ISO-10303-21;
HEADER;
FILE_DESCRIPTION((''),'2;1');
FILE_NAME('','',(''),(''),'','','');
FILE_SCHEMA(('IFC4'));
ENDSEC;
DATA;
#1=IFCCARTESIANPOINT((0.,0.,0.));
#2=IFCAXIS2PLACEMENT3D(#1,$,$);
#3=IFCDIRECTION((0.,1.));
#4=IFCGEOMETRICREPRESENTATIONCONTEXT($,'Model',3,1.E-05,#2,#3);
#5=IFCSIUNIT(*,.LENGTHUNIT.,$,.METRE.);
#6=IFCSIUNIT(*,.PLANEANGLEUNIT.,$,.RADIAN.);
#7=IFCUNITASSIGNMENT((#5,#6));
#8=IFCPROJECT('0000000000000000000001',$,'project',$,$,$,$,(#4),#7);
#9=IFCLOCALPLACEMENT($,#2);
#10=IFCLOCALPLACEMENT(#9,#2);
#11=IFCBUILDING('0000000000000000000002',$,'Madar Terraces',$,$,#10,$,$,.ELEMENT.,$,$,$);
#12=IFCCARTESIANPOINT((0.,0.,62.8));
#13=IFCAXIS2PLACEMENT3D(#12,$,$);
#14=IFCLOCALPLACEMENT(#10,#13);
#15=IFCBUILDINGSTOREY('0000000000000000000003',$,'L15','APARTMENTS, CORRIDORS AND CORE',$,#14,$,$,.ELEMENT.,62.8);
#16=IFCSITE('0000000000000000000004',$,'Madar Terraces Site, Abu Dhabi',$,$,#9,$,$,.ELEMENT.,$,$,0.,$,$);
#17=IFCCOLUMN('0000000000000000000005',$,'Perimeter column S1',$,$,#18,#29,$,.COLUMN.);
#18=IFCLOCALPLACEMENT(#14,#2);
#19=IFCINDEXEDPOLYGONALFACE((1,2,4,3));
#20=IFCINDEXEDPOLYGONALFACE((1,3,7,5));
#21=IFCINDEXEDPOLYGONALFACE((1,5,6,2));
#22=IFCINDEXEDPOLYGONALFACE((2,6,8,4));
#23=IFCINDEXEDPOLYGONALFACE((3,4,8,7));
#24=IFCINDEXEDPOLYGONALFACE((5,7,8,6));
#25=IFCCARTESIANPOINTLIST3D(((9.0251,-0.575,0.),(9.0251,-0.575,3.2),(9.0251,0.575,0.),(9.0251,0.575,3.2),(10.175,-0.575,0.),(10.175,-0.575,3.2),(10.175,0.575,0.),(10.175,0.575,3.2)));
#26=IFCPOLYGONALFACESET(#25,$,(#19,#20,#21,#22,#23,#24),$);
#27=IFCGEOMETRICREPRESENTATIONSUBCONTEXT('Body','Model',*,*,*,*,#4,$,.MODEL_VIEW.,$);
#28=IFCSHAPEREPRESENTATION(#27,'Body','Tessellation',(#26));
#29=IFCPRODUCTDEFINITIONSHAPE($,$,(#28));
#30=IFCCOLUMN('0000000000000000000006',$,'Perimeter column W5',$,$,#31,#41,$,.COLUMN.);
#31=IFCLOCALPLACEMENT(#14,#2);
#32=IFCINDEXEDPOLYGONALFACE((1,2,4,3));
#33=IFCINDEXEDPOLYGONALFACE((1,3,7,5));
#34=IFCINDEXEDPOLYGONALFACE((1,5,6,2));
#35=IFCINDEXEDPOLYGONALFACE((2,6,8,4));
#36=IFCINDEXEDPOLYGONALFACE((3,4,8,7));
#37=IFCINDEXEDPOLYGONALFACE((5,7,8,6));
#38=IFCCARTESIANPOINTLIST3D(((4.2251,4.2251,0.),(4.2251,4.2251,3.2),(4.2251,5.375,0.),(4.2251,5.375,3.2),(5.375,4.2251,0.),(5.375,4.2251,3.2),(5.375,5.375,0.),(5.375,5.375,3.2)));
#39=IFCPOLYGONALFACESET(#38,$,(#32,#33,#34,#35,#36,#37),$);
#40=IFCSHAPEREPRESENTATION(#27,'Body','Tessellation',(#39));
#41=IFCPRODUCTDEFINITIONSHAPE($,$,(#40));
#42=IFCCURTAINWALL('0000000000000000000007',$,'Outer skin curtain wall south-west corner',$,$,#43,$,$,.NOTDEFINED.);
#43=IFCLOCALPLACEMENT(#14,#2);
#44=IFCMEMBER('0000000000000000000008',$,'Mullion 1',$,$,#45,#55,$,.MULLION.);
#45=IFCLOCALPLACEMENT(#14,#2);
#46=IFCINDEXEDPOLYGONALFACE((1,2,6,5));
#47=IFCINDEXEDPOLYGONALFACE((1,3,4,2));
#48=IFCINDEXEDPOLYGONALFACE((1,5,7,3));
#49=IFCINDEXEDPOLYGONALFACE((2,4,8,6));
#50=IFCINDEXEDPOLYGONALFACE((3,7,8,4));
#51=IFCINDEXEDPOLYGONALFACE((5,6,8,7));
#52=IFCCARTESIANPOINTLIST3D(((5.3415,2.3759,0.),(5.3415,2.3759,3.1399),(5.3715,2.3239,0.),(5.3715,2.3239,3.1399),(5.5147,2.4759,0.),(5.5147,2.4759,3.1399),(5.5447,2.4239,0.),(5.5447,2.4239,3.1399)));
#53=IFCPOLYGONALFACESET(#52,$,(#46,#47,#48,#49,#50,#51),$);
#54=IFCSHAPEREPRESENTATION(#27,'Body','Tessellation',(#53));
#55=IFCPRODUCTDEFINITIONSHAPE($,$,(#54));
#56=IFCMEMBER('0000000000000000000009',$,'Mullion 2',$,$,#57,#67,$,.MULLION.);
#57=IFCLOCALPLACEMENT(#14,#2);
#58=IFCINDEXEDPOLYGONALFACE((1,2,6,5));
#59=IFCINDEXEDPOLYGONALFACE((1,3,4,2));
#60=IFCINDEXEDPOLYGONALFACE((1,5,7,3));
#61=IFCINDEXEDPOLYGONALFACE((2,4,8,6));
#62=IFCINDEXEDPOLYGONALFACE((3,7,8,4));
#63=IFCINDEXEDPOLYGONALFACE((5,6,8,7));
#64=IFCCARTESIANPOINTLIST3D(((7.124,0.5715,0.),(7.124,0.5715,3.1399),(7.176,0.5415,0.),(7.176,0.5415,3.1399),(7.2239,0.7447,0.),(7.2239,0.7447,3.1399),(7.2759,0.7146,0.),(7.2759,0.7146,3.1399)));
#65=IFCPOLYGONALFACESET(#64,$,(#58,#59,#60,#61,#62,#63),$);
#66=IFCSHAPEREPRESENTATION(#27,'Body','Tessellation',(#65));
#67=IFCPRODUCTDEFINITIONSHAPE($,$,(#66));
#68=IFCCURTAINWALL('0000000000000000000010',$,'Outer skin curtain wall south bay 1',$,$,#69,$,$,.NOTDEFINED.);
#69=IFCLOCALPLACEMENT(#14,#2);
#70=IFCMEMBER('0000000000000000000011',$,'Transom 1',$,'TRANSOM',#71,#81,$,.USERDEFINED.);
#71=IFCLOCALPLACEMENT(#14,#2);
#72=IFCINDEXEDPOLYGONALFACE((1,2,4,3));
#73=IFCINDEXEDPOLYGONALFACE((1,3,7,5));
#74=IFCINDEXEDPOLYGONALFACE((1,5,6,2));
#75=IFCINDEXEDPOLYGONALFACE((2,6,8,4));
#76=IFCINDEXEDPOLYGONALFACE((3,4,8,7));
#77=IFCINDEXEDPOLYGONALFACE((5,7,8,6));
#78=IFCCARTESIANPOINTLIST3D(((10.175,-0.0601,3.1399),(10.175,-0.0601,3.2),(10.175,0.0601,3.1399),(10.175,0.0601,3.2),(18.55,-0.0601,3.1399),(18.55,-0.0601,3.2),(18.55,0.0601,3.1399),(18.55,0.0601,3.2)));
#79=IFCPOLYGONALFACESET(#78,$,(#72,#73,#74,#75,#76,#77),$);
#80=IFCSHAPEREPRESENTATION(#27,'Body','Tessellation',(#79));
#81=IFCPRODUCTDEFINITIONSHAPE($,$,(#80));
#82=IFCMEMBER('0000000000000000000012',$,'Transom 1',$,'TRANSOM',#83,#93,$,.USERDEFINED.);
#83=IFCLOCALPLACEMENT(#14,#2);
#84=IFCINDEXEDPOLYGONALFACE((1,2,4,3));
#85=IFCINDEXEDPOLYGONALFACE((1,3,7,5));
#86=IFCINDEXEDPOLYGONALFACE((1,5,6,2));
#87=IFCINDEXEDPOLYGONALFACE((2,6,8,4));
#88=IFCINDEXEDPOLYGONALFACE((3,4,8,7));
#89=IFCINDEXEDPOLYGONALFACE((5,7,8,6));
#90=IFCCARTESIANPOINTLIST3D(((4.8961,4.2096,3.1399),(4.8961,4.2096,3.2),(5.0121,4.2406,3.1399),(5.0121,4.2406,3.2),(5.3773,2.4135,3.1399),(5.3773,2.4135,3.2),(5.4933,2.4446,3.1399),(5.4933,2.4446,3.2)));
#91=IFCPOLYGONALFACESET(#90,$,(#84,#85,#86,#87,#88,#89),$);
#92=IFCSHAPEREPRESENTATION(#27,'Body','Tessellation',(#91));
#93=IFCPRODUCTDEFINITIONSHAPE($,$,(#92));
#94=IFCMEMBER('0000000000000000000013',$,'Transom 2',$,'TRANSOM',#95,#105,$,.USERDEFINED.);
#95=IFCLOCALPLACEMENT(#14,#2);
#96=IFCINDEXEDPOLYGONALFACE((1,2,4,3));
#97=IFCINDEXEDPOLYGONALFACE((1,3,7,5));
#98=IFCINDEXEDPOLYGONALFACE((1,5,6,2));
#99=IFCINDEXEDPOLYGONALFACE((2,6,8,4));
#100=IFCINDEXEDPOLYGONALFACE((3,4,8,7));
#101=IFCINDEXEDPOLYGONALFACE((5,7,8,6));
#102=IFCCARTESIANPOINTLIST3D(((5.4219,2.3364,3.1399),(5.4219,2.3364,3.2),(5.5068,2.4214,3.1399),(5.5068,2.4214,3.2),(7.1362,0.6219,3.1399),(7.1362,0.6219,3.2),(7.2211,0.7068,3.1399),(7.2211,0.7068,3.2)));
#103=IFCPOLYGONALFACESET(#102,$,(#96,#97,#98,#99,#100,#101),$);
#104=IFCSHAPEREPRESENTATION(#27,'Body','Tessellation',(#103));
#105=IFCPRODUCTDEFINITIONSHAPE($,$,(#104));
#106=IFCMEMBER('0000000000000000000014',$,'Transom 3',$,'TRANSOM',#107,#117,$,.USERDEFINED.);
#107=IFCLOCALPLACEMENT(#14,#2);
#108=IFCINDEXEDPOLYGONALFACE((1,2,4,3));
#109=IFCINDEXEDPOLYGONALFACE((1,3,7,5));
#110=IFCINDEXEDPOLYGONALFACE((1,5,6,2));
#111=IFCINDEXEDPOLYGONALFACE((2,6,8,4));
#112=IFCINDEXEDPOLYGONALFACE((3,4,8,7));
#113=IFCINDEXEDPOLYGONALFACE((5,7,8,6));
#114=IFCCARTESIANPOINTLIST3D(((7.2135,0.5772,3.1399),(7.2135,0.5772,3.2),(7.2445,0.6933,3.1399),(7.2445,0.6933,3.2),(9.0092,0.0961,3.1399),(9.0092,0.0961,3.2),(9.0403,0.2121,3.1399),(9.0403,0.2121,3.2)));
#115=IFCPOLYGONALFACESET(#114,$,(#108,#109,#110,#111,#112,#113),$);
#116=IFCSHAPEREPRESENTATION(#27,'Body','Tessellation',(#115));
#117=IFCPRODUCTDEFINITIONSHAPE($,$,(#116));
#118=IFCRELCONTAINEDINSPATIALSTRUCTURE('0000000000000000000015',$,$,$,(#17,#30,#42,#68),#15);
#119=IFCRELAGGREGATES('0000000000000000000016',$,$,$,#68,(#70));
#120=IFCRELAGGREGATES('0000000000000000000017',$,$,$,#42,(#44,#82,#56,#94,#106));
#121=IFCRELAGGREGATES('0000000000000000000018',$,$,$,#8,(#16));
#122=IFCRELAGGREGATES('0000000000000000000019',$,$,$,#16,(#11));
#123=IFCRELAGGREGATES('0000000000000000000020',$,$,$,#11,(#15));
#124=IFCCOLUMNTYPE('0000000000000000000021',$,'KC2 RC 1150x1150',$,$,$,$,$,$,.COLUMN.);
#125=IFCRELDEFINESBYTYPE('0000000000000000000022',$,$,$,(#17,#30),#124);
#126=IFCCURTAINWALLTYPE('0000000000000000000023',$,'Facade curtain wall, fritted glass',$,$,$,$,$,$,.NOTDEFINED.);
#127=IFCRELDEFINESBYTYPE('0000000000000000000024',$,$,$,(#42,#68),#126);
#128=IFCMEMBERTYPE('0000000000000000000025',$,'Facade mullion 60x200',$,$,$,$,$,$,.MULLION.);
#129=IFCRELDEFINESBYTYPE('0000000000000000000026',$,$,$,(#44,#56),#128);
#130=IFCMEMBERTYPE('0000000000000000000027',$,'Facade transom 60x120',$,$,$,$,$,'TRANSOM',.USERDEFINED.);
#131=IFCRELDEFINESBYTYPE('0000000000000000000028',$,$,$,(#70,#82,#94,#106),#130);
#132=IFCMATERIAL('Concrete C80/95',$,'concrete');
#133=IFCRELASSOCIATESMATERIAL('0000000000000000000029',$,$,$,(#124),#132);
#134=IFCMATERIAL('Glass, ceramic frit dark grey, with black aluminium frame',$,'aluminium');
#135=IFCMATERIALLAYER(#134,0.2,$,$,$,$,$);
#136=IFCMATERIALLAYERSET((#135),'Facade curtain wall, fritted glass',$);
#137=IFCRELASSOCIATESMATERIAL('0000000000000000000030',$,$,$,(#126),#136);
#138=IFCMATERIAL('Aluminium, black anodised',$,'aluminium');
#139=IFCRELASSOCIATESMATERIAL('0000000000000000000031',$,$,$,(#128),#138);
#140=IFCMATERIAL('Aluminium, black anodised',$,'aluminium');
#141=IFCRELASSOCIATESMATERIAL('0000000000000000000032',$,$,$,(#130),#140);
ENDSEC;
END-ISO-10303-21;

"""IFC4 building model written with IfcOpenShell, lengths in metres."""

from ifc_helpers import new_model, si_unit, direction, frame, origin, origin_2d, place, context, subcontext, project, spatial, rectangle, extrude, material, layer, layer_set, material_profile, profile_set, type_object, element, aggregate, save


model = new_model("IFC4")

# Units and contexts
model_context = context("Model", 3, precision=1e-05, world=origin(), true_north=direction((0.0, 1.0)))
body_context = subcontext(model_context, "Body", "Model", "MODEL_VIEW")
ifc_project = project(units=[si_unit("LENGTHUNIT", "METRE"), si_unit("PLANEANGLEUNIT", "RADIAN")], contexts=[model_context])

# Site, building, storey
site_placement = place(None, origin())
site = spatial("IfcSite", under=ifc_project, at=site_placement, Name="Madar Terraces Site, Abu Dhabi", CompositionType="ELEMENT", RefElevation=0.0)
building_placement = place(site_placement, origin())
building = spatial("IfcBuilding", under=site, at=building_placement, Name="Madar Terraces", CompositionType="ELEMENT")
storey_placement = place(building_placement, frame((0.0, 0.0, 62.8)))
storey = spatial("IfcBuildingStorey", under=building, at=storey_placement, Name="L15", Description="APARTMENTS, CORRIDORS AND CORE", CompositionType="ELEMENT", Elevation=62.8)

# Columns
ifc_material_1 = material(Name="Concrete C80/95", Category="concrete")
ifc_material_profile_1 = material_profile(ifc_material_1, rectangle(XDim=1.1499, YDim=1.1499, at=origin_2d()), Name="KC2 RC 1150x1150")
ifc_profile_set_1 = profile_set([ifc_material_profile_1], Name="Concrete C80/95")
column_type = type_object("IfcColumnType", Name="KC2 RC 1150x1150", PredefinedType="COLUMN", material=ifc_profile_set_1)
for number, where, z_axis, x_axis, name in (
    (1, (9.6001, 0.0, 0.0), (0.0, 0.0, 1.0), (1.0, 0.0, 0.0), "Perimeter column S1"),
    (2, (4.8, 4.8, 0.0), (0.0, 0.0, 1.0), (1.0, 0.0, 0.0), "Perimeter column W5"),
):
    element("IfcColumn", number, at=place(storey_placement, frame(where, z_axis=z_axis, x_axis=x_axis)), inside=storey, type_object=column_type, Name=name, PredefinedType="COLUMN", context=body_context, shape_type="SweptSolid", body=[
        extrude(rectangle(XDim=1.1499, YDim=1.1499, at=origin_2d()), origin(), (0.0, 0.0, 1.0), 3.2),
    ])

# Curtain wall, members
ifc_material_2 = material(Name="Glass, ceramic frit dark grey, with black aluminium frame", Category="aluminium")
ifc_layer_1 = layer(ifc_material_2, 0.2)
ifc_layer_set_1 = layer_set([ifc_layer_1], Name="Facade curtain wall, fritted glass")
curtain_wall_type = type_object("IfcCurtainWallType", Name="Facade curtain wall, fritted glass", PredefinedType="NOTDEFINED", material=ifc_layer_set_1)
curtain_wall_1_placement = place(storey_placement, origin())
curtain_wall_1 = element("IfcCurtainWall", 3, at=curtain_wall_1_placement, inside=storey, type_object=curtain_wall_type, Name="Outer skin curtain wall south-west corner", PredefinedType="NOTDEFINED")
ifc_material_3 = material(Name="Aluminium, black anodised", Category="aluminium")
ifc_material_profile_2 = material_profile(ifc_material_3, rectangle(XDim=0.2, YDim=0.0601, at=origin_2d()), Name="Facade mullion 60x200")
ifc_profile_set_2 = profile_set([ifc_material_profile_2], Name="Aluminium, black anodised")
member_type_1 = type_object("IfcMemberType", Name="Facade mullion 60x200", PredefinedType="MULLION", material=ifc_profile_set_2)
member_1_placement = place(storey_placement, frame((5.4431, 2.3999, 0.0), z_axis=(0.0, 0.0, 1.0), x_axis=(0.866025, 0.5, 0.0)))
member_1 = element("IfcMember", 4, at=member_1_placement, type_object=member_type_1, Name="Mullion 1", PredefinedType="MULLION", context=body_context, shape_type="SweptSolid", body=[
    extrude(rectangle(XDim=0.2, YDim=0.0601, at=origin_2d()), origin(), (0.0, 0.0, 1.0), 3.1399),
])
member_2_placement = place(storey_placement, frame((7.2, 0.6431, 0.0), z_axis=(0.0, 0.0, 1.0), x_axis=(0.5, 0.866025, 0.0)))
member_2 = element("IfcMember", 5, at=member_2_placement, type_object=member_type_1, Name="Mullion 2", PredefinedType="MULLION", context=body_context, shape_type="SweptSolid", body=[
    extrude(rectangle(XDim=0.2, YDim=0.0601, at=origin_2d()), origin(), (0.0, 0.0, 1.0), 3.1399),
])

# Curtain wall, member
curtain_wall_2_placement = place(storey_placement, origin())
curtain_wall_2 = element("IfcCurtainWall", 6, at=curtain_wall_2_placement, inside=storey, type_object=curtain_wall_type, Name="Outer skin curtain wall south bay 1", PredefinedType="NOTDEFINED")
ifc_material_4 = material(Name="Aluminium, black anodised", Category="aluminium")
ifc_material_profile_3 = material_profile(ifc_material_4, rectangle(XDim=0.1201, YDim=0.0601, at=origin_2d()), Name="Facade transom 60x120")
ifc_profile_set_3 = profile_set([ifc_material_profile_3], Name="Aluminium, black anodised")
member_type_2 = type_object("IfcMemberType", Name="Facade transom 60x120", ElementType="TRANSOM", PredefinedType="USERDEFINED", material=ifc_profile_set_3)
member_3_placement = place(storey_placement, frame((10.175, 0.0, 3.1699), z_axis=(1.0, 0.0, 0.0), x_axis=(0.0, 1.0, 0.0)))
member_3 = element("IfcMember", 7, at=member_3_placement, type_object=member_type_2, Name="Transom 1", ObjectType="TRANSOM", PredefinedType="USERDEFINED", context=body_context, shape_type="SweptSolid", body=[
    extrude(rectangle(XDim=0.1201, YDim=0.0601, at=origin_2d()), origin(), (0.0, 0.0, 1.0), 8.375),
])
aggregate(curtain_wall_2, [member_3])

# Members
member_4_placement = place(storey_placement, frame((4.9541, 4.2251, 3.1699), z_axis=(0.258782, -0.965936, 0.0), x_axis=(0.965936, 0.258782, 0.0)))
member_4 = element("IfcMember", 8, at=member_4_placement, type_object=member_type_2, Name="Transom 1", ObjectType="TRANSOM", PredefinedType="USERDEFINED", context=body_context, shape_type="SweptSolid", body=[
    extrude(rectangle(XDim=0.1201, YDim=0.0601, at=origin_2d()), origin(), (0.0, 0.0, 1.0), 1.8594),
])
member_5_placement = place(storey_placement, frame((5.4644, 2.3789, 3.1699), z_axis=(0.707056, -0.707157, 0.0), x_axis=(0.707157, 0.707056, 0.0)))
member_5 = element("IfcMember", 9, at=member_5_placement, type_object=member_type_2, Name="Transom 2", ObjectType="TRANSOM", PredefinedType="USERDEFINED", context=body_context, shape_type="SweptSolid", body=[
    extrude(rectangle(XDim=0.1201, YDim=0.0601, at=origin_2d()), origin(), (0.0, 0.0, 1.0), 2.4246),
])
member_6_placement = place(storey_placement, frame((7.229, 0.6353, 3.1699), z_axis=(0.965927, -0.258815, 0.0), x_axis=(0.258815, 0.965927, 0.0)))
member_6 = element("IfcMember", 10, at=member_6_placement, type_object=member_type_2, Name="Transom 3", ObjectType="TRANSOM", PredefinedType="USERDEFINED", context=body_context, shape_type="SweptSolid", body=[
    extrude(rectangle(XDim=0.1201, YDim=0.0601, at=origin_2d()), origin(), (0.0, 0.0, 1.0), 1.8591),
])

aggregate(curtain_wall_1, [member_1, member_4, member_2, member_5, member_6])

save(model, "model.ifc")
